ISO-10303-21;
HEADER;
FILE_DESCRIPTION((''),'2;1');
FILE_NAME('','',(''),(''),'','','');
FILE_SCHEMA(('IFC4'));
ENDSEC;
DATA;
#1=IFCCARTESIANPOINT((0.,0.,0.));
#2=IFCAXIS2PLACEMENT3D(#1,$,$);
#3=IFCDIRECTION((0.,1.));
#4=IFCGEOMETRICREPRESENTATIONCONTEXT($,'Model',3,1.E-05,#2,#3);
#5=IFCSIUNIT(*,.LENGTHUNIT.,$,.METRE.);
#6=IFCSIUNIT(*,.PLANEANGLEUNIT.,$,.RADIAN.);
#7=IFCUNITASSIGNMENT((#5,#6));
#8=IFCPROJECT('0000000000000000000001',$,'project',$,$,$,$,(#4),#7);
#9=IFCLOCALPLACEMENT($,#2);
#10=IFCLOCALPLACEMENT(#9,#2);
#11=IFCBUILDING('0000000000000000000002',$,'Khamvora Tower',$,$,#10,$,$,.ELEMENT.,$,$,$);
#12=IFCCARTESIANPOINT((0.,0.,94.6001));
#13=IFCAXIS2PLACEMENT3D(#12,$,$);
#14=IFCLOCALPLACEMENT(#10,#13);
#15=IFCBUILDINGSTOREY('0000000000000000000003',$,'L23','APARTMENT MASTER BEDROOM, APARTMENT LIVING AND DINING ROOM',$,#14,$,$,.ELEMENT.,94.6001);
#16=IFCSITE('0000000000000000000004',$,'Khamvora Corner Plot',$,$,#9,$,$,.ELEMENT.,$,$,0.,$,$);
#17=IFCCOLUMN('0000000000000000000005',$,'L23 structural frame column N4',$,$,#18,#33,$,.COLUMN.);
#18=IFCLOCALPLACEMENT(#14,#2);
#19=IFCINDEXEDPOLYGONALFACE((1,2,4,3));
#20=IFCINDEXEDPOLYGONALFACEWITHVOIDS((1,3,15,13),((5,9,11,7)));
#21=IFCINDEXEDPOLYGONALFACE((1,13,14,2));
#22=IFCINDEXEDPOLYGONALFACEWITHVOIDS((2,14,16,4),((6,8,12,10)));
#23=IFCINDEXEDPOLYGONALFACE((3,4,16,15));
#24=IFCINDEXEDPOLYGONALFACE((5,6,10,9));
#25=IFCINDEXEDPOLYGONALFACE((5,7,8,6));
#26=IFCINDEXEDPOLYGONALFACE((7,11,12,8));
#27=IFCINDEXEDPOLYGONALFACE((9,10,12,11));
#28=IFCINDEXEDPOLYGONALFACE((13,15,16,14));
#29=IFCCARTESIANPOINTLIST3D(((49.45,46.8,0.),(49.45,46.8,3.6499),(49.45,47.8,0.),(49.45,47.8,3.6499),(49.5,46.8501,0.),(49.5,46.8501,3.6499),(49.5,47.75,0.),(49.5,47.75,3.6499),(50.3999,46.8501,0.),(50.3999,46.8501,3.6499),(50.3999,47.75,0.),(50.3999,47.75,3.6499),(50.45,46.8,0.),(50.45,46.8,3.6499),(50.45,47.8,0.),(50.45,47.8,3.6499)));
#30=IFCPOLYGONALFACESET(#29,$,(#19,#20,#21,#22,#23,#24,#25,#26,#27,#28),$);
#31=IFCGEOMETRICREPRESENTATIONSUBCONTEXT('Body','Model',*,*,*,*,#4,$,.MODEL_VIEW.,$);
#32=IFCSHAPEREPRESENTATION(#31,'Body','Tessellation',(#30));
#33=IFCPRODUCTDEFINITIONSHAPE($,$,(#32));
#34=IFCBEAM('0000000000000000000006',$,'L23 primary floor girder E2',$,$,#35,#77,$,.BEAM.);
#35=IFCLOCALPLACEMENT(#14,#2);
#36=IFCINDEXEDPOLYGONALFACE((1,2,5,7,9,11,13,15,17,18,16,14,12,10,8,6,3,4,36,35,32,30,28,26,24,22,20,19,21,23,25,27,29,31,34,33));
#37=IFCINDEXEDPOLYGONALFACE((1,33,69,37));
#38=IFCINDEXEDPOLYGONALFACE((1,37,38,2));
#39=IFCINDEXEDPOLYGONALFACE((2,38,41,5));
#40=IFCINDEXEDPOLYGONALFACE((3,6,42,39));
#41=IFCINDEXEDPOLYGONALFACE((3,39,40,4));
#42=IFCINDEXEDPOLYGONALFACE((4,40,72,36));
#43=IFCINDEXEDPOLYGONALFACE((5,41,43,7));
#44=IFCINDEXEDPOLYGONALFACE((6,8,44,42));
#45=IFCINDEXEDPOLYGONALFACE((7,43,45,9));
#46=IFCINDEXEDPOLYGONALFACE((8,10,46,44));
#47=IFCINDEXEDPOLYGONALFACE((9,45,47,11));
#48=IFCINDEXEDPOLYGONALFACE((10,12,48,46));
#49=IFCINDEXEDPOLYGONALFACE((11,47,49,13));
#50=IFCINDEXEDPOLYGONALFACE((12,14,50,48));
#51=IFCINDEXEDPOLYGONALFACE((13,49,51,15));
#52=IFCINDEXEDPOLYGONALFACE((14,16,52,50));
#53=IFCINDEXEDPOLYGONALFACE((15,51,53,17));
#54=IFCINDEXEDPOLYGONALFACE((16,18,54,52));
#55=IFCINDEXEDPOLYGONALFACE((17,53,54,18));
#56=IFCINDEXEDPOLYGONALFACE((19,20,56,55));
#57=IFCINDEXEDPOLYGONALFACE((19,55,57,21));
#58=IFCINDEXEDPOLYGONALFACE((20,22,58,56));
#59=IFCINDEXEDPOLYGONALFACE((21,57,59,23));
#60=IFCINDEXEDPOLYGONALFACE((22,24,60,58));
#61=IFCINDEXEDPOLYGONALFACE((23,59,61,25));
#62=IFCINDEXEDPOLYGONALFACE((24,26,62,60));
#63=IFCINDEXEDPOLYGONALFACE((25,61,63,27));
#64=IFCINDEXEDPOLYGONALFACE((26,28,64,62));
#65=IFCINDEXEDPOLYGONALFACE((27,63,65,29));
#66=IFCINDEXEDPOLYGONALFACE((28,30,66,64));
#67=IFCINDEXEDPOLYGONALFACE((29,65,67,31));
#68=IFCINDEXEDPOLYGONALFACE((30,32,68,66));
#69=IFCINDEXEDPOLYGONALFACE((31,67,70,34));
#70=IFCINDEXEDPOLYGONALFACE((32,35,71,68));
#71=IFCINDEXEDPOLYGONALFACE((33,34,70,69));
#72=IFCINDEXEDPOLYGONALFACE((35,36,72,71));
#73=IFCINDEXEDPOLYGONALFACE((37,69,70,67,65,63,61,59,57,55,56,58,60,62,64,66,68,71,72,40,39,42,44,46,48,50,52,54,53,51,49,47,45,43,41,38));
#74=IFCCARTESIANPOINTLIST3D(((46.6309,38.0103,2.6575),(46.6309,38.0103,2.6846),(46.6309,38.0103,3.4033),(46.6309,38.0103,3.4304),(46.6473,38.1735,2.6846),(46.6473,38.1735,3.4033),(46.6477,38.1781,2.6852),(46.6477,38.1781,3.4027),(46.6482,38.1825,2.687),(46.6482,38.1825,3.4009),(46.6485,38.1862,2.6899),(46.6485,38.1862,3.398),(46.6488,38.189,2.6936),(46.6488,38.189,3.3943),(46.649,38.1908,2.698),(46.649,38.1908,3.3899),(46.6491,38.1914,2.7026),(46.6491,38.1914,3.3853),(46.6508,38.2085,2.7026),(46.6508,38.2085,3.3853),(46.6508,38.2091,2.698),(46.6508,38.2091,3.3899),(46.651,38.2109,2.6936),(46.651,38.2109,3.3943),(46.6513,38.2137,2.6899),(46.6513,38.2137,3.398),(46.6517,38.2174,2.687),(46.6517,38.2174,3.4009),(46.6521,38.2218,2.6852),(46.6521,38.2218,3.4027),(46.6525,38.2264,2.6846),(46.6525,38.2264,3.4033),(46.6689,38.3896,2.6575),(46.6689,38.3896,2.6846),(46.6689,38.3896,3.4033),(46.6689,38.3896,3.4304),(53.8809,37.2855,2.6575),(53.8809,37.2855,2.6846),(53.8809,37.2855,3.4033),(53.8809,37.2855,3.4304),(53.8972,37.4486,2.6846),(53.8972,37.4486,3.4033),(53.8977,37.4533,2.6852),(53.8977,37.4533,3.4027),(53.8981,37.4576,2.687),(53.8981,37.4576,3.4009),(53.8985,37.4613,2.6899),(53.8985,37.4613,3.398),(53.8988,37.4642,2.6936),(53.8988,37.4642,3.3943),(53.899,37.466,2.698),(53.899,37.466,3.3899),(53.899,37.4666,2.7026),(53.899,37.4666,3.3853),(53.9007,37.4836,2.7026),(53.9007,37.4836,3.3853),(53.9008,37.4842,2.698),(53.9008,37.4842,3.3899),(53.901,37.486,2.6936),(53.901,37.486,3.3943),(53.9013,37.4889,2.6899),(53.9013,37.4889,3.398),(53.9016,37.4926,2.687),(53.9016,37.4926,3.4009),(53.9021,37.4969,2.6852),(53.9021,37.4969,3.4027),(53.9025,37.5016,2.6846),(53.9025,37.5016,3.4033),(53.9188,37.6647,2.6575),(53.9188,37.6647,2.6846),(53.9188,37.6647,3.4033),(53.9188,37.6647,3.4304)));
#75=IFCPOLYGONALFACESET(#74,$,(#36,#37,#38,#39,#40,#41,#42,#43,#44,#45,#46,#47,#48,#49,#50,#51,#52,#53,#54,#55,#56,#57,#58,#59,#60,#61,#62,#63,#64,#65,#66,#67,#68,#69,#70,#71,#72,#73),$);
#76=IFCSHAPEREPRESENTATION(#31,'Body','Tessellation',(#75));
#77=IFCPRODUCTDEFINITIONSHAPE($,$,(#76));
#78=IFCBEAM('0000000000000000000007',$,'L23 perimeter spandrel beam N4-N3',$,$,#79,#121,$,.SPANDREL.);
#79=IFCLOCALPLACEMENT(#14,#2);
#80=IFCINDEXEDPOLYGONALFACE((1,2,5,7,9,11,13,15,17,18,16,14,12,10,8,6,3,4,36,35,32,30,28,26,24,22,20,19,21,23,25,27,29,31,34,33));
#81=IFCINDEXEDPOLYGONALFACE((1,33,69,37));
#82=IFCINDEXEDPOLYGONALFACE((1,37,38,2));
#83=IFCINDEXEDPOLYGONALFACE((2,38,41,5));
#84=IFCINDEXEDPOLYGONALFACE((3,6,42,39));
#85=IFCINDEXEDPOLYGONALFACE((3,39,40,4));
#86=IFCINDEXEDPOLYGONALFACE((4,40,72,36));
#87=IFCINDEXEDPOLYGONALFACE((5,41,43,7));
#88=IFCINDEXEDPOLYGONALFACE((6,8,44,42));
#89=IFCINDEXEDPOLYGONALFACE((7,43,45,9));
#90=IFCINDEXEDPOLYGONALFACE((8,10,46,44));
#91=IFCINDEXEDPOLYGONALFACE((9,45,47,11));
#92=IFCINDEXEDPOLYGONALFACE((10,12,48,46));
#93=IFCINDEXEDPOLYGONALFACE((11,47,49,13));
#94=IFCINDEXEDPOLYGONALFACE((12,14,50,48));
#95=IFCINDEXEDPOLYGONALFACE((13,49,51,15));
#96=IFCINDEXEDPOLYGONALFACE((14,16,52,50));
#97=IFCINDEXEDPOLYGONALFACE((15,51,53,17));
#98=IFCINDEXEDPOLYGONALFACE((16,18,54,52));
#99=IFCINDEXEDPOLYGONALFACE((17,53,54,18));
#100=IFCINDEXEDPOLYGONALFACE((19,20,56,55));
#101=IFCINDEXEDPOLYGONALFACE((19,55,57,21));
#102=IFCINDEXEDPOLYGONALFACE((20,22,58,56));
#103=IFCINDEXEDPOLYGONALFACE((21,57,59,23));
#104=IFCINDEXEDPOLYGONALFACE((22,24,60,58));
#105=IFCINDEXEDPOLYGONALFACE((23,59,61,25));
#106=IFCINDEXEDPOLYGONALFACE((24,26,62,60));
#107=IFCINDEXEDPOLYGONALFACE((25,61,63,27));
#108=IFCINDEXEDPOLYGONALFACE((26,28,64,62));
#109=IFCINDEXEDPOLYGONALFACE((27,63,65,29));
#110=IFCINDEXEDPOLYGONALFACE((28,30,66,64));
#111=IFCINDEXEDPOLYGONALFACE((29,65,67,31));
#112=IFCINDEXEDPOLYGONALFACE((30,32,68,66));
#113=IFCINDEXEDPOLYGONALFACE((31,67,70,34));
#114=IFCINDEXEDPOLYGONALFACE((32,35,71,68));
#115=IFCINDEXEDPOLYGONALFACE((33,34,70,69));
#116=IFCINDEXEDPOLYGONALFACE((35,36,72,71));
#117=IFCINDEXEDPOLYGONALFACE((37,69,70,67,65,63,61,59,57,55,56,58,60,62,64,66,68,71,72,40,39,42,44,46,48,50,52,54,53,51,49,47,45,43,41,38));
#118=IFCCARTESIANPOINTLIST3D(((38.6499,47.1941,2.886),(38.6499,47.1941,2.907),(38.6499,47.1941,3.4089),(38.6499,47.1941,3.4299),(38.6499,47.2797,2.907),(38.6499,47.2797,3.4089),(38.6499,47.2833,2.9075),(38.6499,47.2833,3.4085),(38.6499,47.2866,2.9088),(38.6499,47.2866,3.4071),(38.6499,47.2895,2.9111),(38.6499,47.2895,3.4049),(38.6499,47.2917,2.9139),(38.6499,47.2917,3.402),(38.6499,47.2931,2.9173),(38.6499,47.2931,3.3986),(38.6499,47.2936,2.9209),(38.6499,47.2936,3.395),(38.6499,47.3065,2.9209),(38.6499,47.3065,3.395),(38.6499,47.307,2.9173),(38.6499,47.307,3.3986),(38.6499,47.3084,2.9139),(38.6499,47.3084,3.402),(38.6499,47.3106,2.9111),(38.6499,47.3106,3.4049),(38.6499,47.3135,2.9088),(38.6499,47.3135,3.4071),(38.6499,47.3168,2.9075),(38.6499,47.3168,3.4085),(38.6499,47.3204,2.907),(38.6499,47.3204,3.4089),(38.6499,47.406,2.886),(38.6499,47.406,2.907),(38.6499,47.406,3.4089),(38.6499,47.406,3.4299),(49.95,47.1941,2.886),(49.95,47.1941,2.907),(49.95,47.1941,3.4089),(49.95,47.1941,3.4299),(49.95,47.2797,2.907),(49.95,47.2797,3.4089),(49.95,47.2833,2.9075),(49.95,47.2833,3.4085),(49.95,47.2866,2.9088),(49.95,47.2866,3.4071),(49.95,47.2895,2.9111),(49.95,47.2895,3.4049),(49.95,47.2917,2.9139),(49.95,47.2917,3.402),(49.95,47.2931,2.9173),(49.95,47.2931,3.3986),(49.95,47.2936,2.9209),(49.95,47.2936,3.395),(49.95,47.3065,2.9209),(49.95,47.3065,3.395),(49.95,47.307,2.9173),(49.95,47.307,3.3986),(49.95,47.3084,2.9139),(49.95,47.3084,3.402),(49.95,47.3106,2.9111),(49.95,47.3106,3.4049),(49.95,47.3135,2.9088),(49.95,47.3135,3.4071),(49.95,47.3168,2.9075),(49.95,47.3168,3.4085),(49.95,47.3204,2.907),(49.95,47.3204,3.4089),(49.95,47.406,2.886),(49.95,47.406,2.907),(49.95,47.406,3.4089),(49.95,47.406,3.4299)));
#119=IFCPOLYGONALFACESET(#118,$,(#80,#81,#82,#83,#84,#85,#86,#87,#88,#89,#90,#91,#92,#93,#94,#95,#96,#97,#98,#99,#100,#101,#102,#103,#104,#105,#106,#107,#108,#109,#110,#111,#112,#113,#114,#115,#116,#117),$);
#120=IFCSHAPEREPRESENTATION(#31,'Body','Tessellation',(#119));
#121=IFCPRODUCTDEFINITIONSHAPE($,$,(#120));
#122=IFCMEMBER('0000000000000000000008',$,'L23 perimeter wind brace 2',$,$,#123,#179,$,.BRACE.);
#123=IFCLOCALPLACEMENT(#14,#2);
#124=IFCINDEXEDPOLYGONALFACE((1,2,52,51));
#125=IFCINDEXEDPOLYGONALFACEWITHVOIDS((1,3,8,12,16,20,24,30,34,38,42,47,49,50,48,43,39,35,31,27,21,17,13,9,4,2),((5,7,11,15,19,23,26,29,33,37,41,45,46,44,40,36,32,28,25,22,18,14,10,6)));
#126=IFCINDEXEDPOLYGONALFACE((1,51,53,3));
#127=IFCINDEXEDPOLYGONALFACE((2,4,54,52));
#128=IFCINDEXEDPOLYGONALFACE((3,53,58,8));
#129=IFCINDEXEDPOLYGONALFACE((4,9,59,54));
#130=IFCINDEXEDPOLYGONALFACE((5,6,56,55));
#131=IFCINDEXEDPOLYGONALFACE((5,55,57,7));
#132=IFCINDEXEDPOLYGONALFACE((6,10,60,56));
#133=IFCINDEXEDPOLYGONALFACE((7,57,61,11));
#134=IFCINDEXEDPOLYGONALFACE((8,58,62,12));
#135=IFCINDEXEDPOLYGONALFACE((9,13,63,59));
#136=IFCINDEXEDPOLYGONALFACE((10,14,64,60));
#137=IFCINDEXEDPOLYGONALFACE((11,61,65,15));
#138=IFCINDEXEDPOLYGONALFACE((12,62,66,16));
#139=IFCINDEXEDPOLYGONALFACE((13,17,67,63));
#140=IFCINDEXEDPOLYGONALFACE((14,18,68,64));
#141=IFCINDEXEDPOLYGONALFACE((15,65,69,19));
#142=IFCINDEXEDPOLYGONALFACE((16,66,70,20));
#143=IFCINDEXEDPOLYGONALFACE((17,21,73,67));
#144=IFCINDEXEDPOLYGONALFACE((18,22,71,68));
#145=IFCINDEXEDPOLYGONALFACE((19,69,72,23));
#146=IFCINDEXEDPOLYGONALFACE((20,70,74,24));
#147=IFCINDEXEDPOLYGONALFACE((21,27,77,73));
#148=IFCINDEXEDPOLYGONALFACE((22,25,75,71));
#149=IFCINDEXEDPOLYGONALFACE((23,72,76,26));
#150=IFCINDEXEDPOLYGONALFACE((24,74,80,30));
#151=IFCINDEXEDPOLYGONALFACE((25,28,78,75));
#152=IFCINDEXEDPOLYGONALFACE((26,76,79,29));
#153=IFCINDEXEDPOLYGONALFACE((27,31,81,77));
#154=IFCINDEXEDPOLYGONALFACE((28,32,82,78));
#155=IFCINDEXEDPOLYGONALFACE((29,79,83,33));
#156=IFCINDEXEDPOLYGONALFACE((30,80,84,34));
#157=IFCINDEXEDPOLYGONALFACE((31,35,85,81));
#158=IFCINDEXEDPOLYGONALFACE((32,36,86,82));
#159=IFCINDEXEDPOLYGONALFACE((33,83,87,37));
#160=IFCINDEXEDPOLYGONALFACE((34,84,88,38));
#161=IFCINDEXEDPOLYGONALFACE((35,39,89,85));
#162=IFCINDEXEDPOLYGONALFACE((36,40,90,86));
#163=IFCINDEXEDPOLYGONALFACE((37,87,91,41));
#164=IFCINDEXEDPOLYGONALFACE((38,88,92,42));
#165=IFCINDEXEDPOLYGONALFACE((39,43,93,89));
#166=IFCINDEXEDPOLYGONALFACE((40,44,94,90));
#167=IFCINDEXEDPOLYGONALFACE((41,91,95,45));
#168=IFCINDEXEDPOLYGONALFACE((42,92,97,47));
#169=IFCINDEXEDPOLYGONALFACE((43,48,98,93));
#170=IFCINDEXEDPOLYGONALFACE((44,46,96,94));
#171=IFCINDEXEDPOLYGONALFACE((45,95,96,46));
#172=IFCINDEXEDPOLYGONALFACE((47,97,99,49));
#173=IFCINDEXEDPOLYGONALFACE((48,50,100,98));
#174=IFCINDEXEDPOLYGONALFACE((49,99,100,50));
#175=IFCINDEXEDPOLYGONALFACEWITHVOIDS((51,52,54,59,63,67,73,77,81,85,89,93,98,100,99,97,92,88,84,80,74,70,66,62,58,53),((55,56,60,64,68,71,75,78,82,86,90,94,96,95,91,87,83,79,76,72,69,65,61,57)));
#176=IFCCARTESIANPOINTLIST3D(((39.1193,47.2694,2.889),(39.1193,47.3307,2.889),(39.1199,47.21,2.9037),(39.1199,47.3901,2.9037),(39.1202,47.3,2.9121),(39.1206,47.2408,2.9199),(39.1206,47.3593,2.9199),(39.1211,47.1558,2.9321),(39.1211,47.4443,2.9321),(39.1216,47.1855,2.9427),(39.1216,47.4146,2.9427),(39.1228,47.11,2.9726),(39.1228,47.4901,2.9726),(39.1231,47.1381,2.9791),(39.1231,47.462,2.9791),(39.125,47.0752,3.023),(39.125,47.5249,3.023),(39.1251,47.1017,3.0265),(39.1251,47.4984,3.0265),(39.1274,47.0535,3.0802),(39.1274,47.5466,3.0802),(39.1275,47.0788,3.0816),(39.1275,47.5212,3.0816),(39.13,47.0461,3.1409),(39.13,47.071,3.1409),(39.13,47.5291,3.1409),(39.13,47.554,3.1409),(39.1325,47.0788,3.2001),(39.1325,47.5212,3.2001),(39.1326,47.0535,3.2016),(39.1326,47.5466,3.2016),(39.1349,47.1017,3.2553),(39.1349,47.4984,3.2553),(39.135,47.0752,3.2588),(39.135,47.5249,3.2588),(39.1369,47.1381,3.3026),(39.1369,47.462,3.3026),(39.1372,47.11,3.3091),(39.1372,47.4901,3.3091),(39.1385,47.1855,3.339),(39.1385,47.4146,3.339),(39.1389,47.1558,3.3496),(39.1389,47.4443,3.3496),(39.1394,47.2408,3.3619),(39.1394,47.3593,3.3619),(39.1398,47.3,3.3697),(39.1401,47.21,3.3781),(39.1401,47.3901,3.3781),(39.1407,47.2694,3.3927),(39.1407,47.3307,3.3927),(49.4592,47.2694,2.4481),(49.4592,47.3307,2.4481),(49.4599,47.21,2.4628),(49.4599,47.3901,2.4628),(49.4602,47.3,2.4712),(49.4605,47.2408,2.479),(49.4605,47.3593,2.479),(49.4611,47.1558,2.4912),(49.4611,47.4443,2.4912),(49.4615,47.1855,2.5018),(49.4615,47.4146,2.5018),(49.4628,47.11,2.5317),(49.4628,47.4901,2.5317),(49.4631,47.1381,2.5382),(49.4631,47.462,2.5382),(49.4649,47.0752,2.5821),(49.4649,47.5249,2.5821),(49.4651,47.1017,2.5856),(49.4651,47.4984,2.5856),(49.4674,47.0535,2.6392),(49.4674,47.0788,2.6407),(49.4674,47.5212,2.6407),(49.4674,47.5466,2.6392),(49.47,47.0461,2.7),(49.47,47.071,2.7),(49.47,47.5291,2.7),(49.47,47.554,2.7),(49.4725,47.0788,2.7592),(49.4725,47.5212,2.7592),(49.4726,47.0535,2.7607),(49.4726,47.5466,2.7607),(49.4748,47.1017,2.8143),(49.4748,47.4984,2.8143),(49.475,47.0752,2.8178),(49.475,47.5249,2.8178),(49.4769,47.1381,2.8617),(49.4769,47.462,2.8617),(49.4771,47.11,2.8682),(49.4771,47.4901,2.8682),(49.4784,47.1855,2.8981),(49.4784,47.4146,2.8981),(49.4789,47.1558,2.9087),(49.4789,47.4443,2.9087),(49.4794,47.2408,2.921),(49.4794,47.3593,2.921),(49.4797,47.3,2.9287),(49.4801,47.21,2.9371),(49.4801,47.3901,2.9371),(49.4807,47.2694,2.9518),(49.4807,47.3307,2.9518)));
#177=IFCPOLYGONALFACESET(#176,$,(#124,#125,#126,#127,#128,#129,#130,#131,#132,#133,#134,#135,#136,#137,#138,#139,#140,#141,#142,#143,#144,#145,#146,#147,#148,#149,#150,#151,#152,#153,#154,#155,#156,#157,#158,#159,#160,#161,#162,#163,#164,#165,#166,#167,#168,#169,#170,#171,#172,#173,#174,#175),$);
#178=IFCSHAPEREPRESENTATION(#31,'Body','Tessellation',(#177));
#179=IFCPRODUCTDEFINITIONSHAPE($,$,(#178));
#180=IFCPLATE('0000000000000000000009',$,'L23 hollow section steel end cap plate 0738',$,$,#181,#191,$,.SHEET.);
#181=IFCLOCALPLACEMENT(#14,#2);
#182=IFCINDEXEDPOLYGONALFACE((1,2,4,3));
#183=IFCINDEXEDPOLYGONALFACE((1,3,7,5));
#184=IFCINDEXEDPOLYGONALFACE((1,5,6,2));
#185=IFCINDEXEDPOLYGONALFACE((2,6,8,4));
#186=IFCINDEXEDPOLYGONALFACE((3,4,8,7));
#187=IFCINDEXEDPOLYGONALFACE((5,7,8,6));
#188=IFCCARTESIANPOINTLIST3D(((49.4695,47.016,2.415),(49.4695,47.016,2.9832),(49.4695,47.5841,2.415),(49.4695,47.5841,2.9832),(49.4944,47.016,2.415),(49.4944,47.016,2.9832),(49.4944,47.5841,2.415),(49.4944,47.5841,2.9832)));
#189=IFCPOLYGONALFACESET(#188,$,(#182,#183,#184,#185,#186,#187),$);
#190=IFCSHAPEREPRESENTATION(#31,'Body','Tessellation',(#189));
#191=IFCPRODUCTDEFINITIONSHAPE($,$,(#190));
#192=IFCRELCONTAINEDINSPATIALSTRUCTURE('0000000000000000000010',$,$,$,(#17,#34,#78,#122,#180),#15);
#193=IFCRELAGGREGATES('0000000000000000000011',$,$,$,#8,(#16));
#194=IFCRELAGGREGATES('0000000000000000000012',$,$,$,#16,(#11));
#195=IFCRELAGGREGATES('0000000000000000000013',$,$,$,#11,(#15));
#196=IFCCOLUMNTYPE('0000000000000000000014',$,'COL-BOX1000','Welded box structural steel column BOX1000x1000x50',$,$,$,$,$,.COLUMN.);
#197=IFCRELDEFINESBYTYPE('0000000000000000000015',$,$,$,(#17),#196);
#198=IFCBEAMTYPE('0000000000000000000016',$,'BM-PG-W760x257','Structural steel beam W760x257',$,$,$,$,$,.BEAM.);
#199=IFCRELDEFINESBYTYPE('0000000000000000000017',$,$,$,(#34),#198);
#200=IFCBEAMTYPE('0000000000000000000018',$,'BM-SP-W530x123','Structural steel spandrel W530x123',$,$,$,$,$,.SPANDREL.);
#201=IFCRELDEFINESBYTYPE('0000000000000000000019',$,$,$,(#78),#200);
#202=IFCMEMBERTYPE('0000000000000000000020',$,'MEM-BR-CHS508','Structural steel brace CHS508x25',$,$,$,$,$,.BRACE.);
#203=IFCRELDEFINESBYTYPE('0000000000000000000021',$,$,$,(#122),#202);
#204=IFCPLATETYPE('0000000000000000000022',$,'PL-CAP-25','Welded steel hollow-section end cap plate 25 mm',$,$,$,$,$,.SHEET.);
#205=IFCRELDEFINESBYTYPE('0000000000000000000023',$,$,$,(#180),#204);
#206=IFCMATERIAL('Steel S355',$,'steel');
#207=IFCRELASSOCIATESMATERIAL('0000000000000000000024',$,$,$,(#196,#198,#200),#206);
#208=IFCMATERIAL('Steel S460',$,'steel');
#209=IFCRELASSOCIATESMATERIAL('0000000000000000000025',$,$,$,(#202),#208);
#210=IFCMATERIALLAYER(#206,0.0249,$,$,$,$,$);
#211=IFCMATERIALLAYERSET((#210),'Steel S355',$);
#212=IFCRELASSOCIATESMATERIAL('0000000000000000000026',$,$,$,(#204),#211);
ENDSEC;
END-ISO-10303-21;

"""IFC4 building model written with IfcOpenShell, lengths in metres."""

from ifc_helpers import new_model, si_unit, direction, frame, origin, origin_2d, place, context, subcontext, project, spatial, rectangle, hollow_rectangle, hollow_circle, i_section, extrude, material, layer, layer_set, material_profile, profile_set, type_object, element, save


model = new_model("IFC4")

# Units and contexts
model_context = context("Model", 3, precision=1e-05, world=origin(), true_north=direction((0.0, 1.0)))
body_context = subcontext(model_context, "Body", "Model", "MODEL_VIEW")
ifc_project = project(units=[si_unit("LENGTHUNIT", "METRE"), si_unit("PLANEANGLEUNIT", "RADIAN")], contexts=[model_context])

# Site, building, storey
site_placement = place(None, origin())
site = spatial("IfcSite", under=ifc_project, at=site_placement, Name="Khamvora Corner Plot", CompositionType="ELEMENT", RefElevation=0.0)
building_placement = place(site_placement, origin())
building = spatial("IfcBuilding", under=site, at=building_placement, Name="Khamvora Tower", CompositionType="ELEMENT")
storey_placement = place(building_placement, frame((0.0, 0.0, 94.6001)))
storey = spatial("IfcBuildingStorey", under=building, at=storey_placement, Name="L23", Description="APARTMENT MASTER BEDROOM, APARTMENT LIVING AND DINING ROOM", CompositionType="ELEMENT", Elevation=94.6001)

# Column
ifc_material_1 = material(Name="Steel S355", Category="steel")
ifc_material_profile_1 = material_profile(ifc_material_1, hollow_rectangle(XDim=1.0, YDim=1.0, WallThickness=0.05, at=origin_2d()), Name="BOX1000x1000x50")
ifc_profile_set_1 = profile_set([ifc_material_profile_1], Name="Steel S355")
column_type = type_object("IfcColumnType", Name="COL-BOX1000", Description="Welded box structural steel column BOX1000x1000x50", PredefinedType="COLUMN", material=ifc_profile_set_1)
column_placement = place(storey_placement, frame((49.95, 47.3, 0.0), z_axis=(0.0, 0.0, 1.0), x_axis=(1.0, 0.0, 0.0)))
element("IfcColumn", 1, at=column_placement, inside=storey, type_object=column_type, Name="L23 structural frame column N4", PredefinedType="COLUMN", context=body_context, shape_type="SweptSolid", body=[
    extrude(hollow_rectangle(XDim=1.0, YDim=1.0, WallThickness=0.05, at=origin_2d()), origin(), (0.0, 0.0, 1.0), 3.6499),
])

# Beams
ifc_material_profile_2 = material_profile(ifc_material_1, i_section(OverallWidth=0.3811, OverallDepth=0.7729, WebThickness=0.0171, FlangeThickness=0.0271, FilletRadius=0.0181, at=origin_2d()), Name="W760x257")
ifc_profile_set_2 = profile_set([ifc_material_profile_2], Name="Steel S355")
beam_type_1 = type_object("IfcBeamType", Name="BM-PG-W760x257", Description="Structural steel beam W760x257", PredefinedType="BEAM", material=ifc_profile_set_2)
beam_1_placement = place(storey_placement, frame((46.6499, 38.2, 3.0439), z_axis=(0.995039, -0.099484, 0.0), x_axis=(0.099484, 0.995039, 0.0)))
element("IfcBeam", 2, at=beam_1_placement, inside=storey, type_object=beam_type_1, Name="L23 primary floor girder E2", PredefinedType="BEAM", context=body_context, shape_type="SweptSolid", body=[
    extrude(i_section(OverallWidth=0.3811, OverallDepth=0.7729, WebThickness=0.0171, FlangeThickness=0.0271, FilletRadius=0.0181, at=origin_2d()), origin(), (0.0, 0.0, 1.0), 7.2861),
])
ifc_material_profile_3 = material_profile(ifc_material_1, i_section(OverallWidth=0.2119, OverallDepth=0.5439, WebThickness=0.0129, FlangeThickness=0.021, FilletRadius=0.0139, at=origin_2d()), Name="W530x123")
ifc_profile_set_3 = profile_set([ifc_material_profile_3], Name="Steel S355")
beam_type_2 = type_object("IfcBeamType", Name="BM-SP-W530x123", Description="Structural steel spandrel W530x123", PredefinedType="SPANDREL", material=ifc_profile_set_3)
beam_2_placement = place(storey_placement, frame((49.95, 47.3, 3.158), z_axis=(-1.0, 0.0, 0.0), x_axis=(0.0, -1.0, 0.0)))
element("IfcBeam", 3, at=beam_2_placement, inside=storey, type_object=beam_type_2, Name="L23 perimeter spandrel beam N4-N3", PredefinedType="SPANDREL", context=body_context, shape_type="SweptSolid", body=[
    extrude(i_section(OverallWidth=0.2119, OverallDepth=0.5439, WebThickness=0.0129, FlangeThickness=0.021, FilletRadius=0.0139, at=origin_2d()), origin(), (0.0, 0.0, 1.0), 11.3),
])

# Member
ifc_material_2 = material(Name="Steel S460", Category="steel")
ifc_material_profile_4 = material_profile(ifc_material_2, hollow_circle(Radius=0.2539, WallThickness=0.0249, at=origin_2d()), Name="CHS508x25")
ifc_profile_set_4 = profile_set([ifc_material_profile_4], Name="Steel S460")
member_type = type_object("IfcMemberType", Name="MEM-BR-CHS508", Description="Structural steel brace CHS508x25", PredefinedType="BRACE", material=ifc_profile_set_4)
member_placement = place(storey_placement, frame((49.47, 47.3, 2.7), z_axis=(-0.999092, 0.0, 0.042603), x_axis=(0.0, -1.0, 0.0)))
element("IfcMember", 4, at=member_placement, inside=storey, type_object=member_type, Name="L23 perimeter wind brace 2", PredefinedType="BRACE", context=body_context, shape_type="SweptSolid", body=[
    extrude(hollow_circle(Radius=0.2539, WallThickness=0.0249, at=origin_2d()), origin(), (0.0, 0.0, 1.0), 10.3494),
])

# Plate
ifc_layer_1 = layer(ifc_material_1, 0.0249)
ifc_layer_set_1 = layer_set([ifc_layer_1], Name="Steel S355")
plate_type_1 = type_object("IfcPlateType", Name="PL-CAP-25", Description="Welded steel hollow-section end cap plate 25 mm", PredefinedType="SHEET", material=ifc_layer_set_1)
plate_1_placement = place(storey_placement, frame((49.4819, 47.3, 2.415), z_axis=(0.0, 0.0, 1.0), x_axis=(-1.0, 0.0, 0.0)))
element("IfcPlate", 5, at=plate_1_placement, inside=storey, type_object=plate_type_1, Name="L23 hollow section steel end cap plate 0738", PredefinedType="SHEET", context=body_context, shape_type="SweptSolid", body=[
    extrude(rectangle(XDim=0.0249, YDim=0.5681, at=origin_2d()), origin(), (0.0, 0.0, 1.0), 0.5681),
])

save(model, "model.ifc")
